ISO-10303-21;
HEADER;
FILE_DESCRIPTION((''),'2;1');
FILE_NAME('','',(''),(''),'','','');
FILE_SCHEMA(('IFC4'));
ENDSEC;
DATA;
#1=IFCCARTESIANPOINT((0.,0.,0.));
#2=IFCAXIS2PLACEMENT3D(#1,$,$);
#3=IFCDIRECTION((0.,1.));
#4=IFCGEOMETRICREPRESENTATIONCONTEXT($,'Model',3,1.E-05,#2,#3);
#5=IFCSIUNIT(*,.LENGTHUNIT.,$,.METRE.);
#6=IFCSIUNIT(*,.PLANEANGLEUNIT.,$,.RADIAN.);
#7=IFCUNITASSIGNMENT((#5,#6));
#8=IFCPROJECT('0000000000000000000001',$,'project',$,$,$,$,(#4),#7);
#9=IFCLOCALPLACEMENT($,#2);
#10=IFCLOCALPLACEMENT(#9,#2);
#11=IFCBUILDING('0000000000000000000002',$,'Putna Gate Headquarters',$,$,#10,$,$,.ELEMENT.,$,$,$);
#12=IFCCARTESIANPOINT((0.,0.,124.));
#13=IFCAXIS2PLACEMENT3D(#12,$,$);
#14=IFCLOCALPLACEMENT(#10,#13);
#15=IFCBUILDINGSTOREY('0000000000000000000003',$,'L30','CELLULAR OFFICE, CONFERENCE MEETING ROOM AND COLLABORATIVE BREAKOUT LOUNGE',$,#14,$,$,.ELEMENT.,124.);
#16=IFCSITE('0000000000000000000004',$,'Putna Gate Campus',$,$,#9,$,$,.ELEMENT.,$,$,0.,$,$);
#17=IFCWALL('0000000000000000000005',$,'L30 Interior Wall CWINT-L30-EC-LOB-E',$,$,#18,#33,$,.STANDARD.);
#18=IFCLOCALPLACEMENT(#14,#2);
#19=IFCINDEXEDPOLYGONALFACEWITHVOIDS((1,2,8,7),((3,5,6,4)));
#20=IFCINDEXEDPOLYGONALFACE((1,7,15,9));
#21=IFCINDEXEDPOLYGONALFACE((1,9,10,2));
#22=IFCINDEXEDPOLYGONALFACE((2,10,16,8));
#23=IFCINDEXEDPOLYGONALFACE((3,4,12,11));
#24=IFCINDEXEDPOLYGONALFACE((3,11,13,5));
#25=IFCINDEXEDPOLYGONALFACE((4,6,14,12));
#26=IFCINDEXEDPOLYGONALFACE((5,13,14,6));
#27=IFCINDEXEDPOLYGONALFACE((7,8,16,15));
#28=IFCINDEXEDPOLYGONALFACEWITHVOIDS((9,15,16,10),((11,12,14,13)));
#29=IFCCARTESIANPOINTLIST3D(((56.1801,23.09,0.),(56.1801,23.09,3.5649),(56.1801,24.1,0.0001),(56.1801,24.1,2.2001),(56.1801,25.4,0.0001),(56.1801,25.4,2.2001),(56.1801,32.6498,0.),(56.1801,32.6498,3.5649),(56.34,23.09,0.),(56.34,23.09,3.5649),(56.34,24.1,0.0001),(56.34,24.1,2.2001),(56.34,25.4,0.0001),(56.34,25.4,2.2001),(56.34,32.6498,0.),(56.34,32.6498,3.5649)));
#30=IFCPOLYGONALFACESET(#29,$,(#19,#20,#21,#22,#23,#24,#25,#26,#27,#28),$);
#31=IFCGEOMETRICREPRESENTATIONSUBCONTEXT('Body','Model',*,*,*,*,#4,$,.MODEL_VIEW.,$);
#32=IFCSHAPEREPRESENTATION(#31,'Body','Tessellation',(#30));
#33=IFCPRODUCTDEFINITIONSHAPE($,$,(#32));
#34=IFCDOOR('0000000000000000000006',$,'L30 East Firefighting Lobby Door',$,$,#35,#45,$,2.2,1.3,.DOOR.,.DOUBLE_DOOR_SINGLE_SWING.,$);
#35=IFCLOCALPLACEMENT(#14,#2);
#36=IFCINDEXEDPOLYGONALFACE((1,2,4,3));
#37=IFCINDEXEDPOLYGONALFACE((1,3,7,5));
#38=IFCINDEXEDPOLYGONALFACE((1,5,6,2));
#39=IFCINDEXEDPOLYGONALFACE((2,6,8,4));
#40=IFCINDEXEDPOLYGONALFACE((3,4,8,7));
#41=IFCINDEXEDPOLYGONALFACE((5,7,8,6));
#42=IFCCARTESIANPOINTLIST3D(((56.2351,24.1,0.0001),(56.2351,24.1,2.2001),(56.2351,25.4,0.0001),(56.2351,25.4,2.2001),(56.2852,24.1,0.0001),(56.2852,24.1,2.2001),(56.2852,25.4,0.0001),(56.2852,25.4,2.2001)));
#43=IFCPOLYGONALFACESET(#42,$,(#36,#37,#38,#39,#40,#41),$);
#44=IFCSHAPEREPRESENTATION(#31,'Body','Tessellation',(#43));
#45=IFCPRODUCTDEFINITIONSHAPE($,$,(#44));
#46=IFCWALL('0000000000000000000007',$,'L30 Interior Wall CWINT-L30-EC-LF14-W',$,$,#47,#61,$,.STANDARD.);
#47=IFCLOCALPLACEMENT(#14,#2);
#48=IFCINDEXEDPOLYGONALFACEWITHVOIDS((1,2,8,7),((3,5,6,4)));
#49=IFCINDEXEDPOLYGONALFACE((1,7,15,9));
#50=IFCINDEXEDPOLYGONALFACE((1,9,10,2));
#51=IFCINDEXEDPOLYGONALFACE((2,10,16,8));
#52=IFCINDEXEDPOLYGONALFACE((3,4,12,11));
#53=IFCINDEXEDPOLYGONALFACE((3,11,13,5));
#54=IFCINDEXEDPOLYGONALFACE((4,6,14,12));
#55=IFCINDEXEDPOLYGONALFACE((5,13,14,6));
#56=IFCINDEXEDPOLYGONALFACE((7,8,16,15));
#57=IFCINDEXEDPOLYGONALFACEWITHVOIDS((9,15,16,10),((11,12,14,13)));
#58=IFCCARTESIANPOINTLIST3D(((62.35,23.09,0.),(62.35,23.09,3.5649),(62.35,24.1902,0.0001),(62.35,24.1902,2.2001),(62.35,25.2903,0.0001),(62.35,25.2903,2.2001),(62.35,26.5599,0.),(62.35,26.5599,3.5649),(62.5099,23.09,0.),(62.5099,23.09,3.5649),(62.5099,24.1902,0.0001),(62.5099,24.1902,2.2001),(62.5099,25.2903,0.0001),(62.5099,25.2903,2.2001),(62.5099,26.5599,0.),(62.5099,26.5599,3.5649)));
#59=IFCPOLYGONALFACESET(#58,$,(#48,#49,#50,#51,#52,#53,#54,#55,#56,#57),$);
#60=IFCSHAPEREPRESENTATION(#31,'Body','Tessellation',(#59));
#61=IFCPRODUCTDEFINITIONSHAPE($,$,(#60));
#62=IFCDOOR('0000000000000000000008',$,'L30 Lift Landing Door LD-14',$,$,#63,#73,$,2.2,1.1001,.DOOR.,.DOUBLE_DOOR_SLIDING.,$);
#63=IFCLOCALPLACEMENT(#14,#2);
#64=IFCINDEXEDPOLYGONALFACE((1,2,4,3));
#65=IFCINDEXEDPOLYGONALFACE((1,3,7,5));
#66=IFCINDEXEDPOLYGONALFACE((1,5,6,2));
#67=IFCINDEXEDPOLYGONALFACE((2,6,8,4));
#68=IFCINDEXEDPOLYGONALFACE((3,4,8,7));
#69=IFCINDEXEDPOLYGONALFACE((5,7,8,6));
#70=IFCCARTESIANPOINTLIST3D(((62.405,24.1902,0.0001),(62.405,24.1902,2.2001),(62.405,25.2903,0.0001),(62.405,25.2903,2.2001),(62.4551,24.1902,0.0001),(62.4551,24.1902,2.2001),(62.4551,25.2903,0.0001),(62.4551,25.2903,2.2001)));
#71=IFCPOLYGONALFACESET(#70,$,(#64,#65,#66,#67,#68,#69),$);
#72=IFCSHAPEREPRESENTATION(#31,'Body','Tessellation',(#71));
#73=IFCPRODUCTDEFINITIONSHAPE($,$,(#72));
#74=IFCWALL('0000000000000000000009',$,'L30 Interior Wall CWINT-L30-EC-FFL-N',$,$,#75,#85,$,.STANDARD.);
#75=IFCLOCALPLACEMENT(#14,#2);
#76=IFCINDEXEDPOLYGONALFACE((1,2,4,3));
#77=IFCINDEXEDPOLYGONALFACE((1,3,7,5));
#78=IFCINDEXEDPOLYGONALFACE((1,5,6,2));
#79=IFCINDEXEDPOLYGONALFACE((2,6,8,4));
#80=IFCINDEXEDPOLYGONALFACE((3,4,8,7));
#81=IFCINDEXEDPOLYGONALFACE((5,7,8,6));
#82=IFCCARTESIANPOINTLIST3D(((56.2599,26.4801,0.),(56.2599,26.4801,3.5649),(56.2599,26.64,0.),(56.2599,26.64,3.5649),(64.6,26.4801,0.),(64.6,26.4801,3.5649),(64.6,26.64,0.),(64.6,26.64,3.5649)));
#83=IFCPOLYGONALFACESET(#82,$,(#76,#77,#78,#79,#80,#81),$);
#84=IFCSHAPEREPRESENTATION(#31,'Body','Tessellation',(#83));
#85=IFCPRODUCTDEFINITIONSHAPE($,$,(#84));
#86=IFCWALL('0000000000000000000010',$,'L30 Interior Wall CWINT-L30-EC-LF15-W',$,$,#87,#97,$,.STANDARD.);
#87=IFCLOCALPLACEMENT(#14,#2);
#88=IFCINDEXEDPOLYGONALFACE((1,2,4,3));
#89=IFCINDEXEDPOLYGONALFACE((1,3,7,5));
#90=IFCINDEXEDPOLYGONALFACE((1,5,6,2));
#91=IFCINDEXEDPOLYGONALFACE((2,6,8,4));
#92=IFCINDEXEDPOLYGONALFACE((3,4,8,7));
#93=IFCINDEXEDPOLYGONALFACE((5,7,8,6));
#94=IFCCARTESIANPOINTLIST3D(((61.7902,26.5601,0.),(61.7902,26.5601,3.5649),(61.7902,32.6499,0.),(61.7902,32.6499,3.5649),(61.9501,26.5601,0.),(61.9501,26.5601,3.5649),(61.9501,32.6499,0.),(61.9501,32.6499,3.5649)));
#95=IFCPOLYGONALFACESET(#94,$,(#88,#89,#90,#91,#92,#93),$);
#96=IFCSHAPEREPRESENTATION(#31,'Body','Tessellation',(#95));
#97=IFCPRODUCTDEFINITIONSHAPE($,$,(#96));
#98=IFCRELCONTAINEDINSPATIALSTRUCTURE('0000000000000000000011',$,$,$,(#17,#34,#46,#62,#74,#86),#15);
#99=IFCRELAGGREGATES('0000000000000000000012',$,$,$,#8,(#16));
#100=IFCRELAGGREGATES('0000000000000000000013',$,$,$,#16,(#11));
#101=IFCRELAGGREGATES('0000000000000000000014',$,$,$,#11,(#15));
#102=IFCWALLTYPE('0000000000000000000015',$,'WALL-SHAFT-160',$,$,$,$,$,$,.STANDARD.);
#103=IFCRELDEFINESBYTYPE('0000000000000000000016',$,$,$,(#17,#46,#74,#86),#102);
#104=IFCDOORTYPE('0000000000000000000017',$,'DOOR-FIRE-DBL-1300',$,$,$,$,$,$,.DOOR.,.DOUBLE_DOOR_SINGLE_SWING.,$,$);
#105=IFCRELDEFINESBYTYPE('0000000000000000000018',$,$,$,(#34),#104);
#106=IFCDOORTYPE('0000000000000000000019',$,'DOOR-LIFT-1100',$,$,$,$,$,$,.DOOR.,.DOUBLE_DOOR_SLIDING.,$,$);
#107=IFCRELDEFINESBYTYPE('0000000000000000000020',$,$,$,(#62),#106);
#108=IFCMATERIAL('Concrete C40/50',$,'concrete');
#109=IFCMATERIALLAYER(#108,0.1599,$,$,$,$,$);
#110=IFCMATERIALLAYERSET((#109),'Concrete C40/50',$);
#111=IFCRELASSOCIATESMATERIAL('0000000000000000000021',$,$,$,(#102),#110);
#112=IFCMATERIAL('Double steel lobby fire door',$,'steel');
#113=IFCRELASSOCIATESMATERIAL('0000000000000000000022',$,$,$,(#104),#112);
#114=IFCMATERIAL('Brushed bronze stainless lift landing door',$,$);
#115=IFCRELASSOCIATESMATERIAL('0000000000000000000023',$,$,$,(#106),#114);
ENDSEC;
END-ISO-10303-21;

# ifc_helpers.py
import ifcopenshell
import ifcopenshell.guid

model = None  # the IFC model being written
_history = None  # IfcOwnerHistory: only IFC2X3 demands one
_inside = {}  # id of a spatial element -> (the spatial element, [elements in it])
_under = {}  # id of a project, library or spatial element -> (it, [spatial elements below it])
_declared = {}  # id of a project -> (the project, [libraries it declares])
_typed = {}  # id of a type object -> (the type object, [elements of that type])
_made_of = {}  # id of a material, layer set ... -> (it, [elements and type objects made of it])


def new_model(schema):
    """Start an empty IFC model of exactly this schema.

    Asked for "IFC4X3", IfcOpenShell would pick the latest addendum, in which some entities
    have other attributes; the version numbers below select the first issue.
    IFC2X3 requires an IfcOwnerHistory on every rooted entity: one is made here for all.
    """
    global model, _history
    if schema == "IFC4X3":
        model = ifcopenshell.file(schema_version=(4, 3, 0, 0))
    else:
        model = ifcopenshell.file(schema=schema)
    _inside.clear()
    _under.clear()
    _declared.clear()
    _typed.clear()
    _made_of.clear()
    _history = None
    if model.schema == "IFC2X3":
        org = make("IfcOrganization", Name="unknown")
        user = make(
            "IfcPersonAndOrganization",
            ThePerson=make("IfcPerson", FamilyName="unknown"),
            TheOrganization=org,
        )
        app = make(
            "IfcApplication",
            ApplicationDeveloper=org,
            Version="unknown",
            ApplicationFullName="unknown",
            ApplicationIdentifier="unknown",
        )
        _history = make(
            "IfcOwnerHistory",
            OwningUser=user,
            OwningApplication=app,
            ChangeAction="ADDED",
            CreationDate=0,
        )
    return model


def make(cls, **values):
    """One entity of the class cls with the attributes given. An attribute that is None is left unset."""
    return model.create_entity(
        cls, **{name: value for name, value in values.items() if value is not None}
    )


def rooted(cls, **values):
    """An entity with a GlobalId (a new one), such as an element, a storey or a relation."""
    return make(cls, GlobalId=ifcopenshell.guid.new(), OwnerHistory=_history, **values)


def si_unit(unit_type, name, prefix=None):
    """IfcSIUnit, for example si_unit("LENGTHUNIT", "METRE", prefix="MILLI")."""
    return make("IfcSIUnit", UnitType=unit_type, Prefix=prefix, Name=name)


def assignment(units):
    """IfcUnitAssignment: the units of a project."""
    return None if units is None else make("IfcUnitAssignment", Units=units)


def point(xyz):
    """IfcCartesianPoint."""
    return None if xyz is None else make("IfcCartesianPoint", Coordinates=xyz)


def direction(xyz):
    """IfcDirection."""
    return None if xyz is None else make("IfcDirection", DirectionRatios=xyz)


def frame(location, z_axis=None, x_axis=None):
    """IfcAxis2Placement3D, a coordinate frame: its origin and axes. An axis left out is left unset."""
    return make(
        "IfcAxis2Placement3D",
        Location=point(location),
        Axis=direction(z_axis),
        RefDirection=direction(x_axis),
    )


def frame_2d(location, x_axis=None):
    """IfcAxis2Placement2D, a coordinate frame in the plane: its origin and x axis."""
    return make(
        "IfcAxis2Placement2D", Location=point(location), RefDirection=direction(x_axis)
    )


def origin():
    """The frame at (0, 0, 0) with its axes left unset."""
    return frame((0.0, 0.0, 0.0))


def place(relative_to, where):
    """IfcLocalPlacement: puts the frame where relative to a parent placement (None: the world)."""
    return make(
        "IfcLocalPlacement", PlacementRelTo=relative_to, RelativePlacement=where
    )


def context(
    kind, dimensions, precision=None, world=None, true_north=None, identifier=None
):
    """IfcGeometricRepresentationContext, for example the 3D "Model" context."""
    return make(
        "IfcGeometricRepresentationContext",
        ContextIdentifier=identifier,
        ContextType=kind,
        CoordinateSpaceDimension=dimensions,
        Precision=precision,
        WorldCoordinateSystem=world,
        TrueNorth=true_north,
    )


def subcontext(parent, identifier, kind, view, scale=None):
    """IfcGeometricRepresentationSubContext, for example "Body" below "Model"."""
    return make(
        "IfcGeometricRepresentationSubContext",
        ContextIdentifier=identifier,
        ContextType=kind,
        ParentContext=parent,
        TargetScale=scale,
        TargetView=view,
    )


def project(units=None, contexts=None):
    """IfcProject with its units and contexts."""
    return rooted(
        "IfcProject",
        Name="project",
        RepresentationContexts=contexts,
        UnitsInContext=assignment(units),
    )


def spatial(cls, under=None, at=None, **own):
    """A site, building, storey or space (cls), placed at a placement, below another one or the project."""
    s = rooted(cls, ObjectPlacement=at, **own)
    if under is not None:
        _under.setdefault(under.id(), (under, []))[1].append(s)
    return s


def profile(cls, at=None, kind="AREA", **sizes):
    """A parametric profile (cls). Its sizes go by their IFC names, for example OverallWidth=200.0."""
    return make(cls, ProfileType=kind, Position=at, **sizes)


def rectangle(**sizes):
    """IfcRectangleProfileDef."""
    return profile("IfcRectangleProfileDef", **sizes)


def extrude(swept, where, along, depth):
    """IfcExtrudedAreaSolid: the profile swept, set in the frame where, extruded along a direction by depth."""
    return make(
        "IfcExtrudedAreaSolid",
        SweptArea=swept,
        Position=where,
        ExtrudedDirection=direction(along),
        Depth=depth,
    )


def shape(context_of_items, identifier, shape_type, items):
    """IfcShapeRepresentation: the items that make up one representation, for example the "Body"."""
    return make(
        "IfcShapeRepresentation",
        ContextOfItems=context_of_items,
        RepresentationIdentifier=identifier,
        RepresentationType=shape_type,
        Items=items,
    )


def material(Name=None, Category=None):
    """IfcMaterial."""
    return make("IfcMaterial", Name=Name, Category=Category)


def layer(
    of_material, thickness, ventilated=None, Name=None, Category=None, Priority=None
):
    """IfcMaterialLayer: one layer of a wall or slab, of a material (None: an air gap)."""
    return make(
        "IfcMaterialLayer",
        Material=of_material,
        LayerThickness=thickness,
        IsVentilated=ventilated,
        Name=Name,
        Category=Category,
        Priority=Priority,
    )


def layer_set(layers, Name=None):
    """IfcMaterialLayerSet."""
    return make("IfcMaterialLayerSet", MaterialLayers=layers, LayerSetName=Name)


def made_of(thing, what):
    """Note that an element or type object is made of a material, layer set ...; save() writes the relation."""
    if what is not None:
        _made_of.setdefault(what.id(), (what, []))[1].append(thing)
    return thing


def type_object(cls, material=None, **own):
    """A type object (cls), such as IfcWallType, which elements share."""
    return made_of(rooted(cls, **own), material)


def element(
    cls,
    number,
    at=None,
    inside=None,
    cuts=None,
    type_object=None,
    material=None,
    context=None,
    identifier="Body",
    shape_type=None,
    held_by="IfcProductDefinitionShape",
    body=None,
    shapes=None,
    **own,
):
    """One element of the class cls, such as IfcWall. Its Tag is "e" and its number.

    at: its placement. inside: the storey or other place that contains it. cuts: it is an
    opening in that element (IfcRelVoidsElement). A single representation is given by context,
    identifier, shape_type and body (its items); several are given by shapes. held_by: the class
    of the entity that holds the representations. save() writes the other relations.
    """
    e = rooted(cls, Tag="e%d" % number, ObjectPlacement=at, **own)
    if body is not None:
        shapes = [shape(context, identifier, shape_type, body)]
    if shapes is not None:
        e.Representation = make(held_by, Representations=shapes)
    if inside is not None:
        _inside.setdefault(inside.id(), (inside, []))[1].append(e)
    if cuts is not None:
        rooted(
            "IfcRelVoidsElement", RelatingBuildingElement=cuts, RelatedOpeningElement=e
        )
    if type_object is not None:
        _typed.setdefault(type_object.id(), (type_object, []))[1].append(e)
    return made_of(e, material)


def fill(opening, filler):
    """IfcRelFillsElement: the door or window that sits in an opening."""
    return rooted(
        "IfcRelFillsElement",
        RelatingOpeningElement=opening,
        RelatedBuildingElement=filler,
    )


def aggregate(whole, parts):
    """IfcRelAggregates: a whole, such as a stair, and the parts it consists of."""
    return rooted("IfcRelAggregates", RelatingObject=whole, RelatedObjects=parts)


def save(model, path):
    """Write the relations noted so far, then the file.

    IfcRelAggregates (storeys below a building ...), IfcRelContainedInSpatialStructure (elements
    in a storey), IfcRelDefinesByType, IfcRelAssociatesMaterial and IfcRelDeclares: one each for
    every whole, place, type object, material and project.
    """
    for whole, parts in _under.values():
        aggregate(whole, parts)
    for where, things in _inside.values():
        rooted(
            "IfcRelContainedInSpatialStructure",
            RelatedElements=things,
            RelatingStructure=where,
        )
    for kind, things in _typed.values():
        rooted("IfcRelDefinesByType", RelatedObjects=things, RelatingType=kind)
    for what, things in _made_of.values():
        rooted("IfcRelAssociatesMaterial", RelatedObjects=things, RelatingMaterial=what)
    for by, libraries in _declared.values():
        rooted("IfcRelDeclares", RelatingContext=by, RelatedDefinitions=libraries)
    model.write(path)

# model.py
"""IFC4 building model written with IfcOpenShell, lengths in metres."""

from ifc_helpers import new_model, si_unit, direction, frame, frame_2d, origin, place, context, subcontext, project, spatial, rectangle, extrude, material, layer, layer_set, type_object, element, fill, save


model = new_model("IFC4")

# Units and contexts
model_context = context("Model", 3, precision=1e-05, world=origin(), true_north=direction((0.0, 1.0)))
body_context = subcontext(model_context, "Body", "Model", "MODEL_VIEW")
ifc_project = project(units=[si_unit("LENGTHUNIT", "METRE"), si_unit("PLANEANGLEUNIT", "RADIAN")], contexts=[model_context])

# Site, building, storey
site_placement = place(None, origin())
site = spatial("IfcSite", under=ifc_project, at=site_placement, Name="Putna Gate Campus", CompositionType="ELEMENT", RefElevation=0.0)
building_placement = place(site_placement, origin())
building = spatial("IfcBuilding", under=site, at=building_placement, Name="Putna Gate Headquarters", CompositionType="ELEMENT")
storey_placement = place(building_placement, frame((0.0, 0.0, 124.0)))
storey = spatial("IfcBuildingStorey", under=building, at=storey_placement, Name="L30", Description="CELLULAR OFFICE, CONFERENCE MEETING ROOM AND COLLABORATIVE BREAKOUT LOUNGE", CompositionType="ELEMENT", Elevation=124.0)

# Walls, openings, doors
ifc_material_1 = material(Name="Concrete C40/50", Category="concrete")
ifc_layer_1 = layer(ifc_material_1, 0.1599)
ifc_layer_set_1 = layer_set([ifc_layer_1], Name="Concrete C40/50")
wall_type_1 = type_object("IfcWallType", Name="WALL-SHAFT-160", PredefinedType="STANDARD", material=ifc_layer_set_1)
wall_1_placement = place(storey_placement, frame((56.26, 23.0901, 0.0), z_axis=(0.0, 0.0, 1.0), x_axis=(0.0, 1.0, 0.0)))
wall_1 = element("IfcWall", 1, at=wall_1_placement, inside=storey, type_object=wall_type_1, Name="L30 Interior Wall CWINT-L30-EC-LOB-E", PredefinedType="STANDARD", context=body_context, shape_type="SweptSolid", body=[
    extrude(rectangle(XDim=9.5598, YDim=0.1599, at=frame_2d((4.7798, 0.0))), origin(), (0.0, 0.0, 1.0), 3.5649),
])
opening_1_placement = place(wall_1_placement, frame((1.01, 0.0, 0.0)))
opening_1 = element("IfcOpeningElement", 2, at=opening_1_placement, cuts=wall_1, PredefinedType="OPENING", context=body_context, shape_type="SweptSolid", body=[
    extrude(rectangle(XDim=1.3, YDim=2.2, at=frame_2d((0.6499, 1.1001))), frame((0.0, 0.0898, 0.0), z_axis=(0.0, -1.0, 0.0), x_axis=(1.0, 0.0, 0.0)), (0.0, 0.0, 1.0), 0.1799),
])
ifc_material_2 = material(Name="Double steel lobby fire door", Category="steel")
door_type_1 = type_object("IfcDoorType", Name="DOOR-FIRE-DBL-1300", OperationType="DOUBLE_DOOR_SINGLE_SWING", PredefinedType="DOOR", material=ifc_material_2)
door_1_placement = place(opening_1_placement, origin())
door_1 = element("IfcDoor", 3, at=door_1_placement, inside=storey, type_object=door_type_1, Name="L30 East Firefighting Lobby Door", OperationType="DOUBLE_DOOR_SINGLE_SWING", OverallHeight=2.2, OverallWidth=1.3, PredefinedType="DOOR", context=body_context, shape_type="SweptSolid", body=[
    extrude(rectangle(XDim=1.3, YDim=2.2, at=frame_2d((0.6499, 1.1001))), frame((0.0, 0.0249, 0.0), z_axis=(0.0, -1.0, 0.0), x_axis=(1.0, 0.0, 0.0)), (0.0, 0.0, 1.0), 0.05),
])
fill(opening_1, door_1)
wall_2_placement = place(storey_placement, frame((62.4299, 23.0901, 0.0), z_axis=(0.0, 0.0, 1.0), x_axis=(0.0, 1.0, 0.0)))
wall_2 = element("IfcWall", 4, at=wall_2_placement, inside=storey, type_object=wall_type_1, Name="L30 Interior Wall CWINT-L30-EC-LF14-W", PredefinedType="STANDARD", context=body_context, shape_type="SweptSolid", body=[
    extrude(rectangle(XDim=3.47, YDim=0.1599, at=frame_2d((1.7349, 0.0))), origin(), (0.0, 0.0, 1.0), 3.5649),
])
opening_2_placement = place(wall_2_placement, frame((1.1001, 0.0, 0.0)))
opening_2 = element("IfcOpeningElement", 5, at=opening_2_placement, cuts=wall_2, PredefinedType="OPENING", context=body_context, shape_type="SweptSolid", body=[
    extrude(rectangle(XDim=1.1001, YDim=2.2, at=frame_2d((0.55, 1.1001))), frame((0.0, 0.0898, 0.0), z_axis=(0.0, -1.0, 0.0), x_axis=(1.0, 0.0, 0.0)), (0.0, 0.0, 1.0), 0.1799),
])
ifc_material_3 = material(Name="Brushed bronze stainless lift landing door")
door_type_2 = type_object("IfcDoorType", Name="DOOR-LIFT-1100", OperationType="DOUBLE_DOOR_SLIDING", PredefinedType="DOOR", material=ifc_material_3)
door_2_placement = place(opening_2_placement, origin())
door_2 = element("IfcDoor", 6, at=door_2_placement, inside=storey, type_object=door_type_2, Name="L30 Lift Landing Door LD-14", OperationType="DOUBLE_DOOR_SLIDING", OverallHeight=2.2, OverallWidth=1.1001, PredefinedType="DOOR", context=body_context, shape_type="SweptSolid", body=[
    extrude(rectangle(XDim=1.1001, YDim=2.2, at=frame_2d((0.55, 1.1001))), frame((0.0, 0.0249, 0.0), z_axis=(0.0, -1.0, 0.0), x_axis=(1.0, 0.0, 0.0)), (0.0, 0.0, 1.0), 0.05),
])
fill(opening_2, door_2)

# Walls
wall_3_placement = place(storey_placement, frame((56.26, 26.5601, 0.0), z_axis=(0.0, 0.0, 1.0), x_axis=(1.0, 0.0, 0.0)))
element("IfcWall", 7, at=wall_3_placement, inside=storey, type_object=wall_type_1, Name="L30 Interior Wall CWINT-L30-EC-FFL-N", PredefinedType="STANDARD", context=body_context, shape_type="SweptSolid", body=[
    extrude(rectangle(XDim=8.3401, YDim=0.1599, at=frame_2d((4.1699, 0.0))), origin(), (0.0, 0.0, 1.0), 3.5649),
])
wall_4_placement = place(storey_placement, frame((61.8701, 26.5601, 0.0), z_axis=(0.0, 0.0, 1.0), x_axis=(0.0, 1.0, 0.0)))
element("IfcWall", 8, at=wall_4_placement, inside=storey, type_object=wall_type_1, Name="L30 Interior Wall CWINT-L30-EC-LF15-W", PredefinedType="STANDARD", context=body_context, shape_type="SweptSolid", body=[
    extrude(rectangle(XDim=6.0898, YDim=0.1599, at=frame_2d((3.0449, 0.0))), origin(), (0.0, 0.0, 1.0), 3.5649),
])

save(model, "model.ifc")
